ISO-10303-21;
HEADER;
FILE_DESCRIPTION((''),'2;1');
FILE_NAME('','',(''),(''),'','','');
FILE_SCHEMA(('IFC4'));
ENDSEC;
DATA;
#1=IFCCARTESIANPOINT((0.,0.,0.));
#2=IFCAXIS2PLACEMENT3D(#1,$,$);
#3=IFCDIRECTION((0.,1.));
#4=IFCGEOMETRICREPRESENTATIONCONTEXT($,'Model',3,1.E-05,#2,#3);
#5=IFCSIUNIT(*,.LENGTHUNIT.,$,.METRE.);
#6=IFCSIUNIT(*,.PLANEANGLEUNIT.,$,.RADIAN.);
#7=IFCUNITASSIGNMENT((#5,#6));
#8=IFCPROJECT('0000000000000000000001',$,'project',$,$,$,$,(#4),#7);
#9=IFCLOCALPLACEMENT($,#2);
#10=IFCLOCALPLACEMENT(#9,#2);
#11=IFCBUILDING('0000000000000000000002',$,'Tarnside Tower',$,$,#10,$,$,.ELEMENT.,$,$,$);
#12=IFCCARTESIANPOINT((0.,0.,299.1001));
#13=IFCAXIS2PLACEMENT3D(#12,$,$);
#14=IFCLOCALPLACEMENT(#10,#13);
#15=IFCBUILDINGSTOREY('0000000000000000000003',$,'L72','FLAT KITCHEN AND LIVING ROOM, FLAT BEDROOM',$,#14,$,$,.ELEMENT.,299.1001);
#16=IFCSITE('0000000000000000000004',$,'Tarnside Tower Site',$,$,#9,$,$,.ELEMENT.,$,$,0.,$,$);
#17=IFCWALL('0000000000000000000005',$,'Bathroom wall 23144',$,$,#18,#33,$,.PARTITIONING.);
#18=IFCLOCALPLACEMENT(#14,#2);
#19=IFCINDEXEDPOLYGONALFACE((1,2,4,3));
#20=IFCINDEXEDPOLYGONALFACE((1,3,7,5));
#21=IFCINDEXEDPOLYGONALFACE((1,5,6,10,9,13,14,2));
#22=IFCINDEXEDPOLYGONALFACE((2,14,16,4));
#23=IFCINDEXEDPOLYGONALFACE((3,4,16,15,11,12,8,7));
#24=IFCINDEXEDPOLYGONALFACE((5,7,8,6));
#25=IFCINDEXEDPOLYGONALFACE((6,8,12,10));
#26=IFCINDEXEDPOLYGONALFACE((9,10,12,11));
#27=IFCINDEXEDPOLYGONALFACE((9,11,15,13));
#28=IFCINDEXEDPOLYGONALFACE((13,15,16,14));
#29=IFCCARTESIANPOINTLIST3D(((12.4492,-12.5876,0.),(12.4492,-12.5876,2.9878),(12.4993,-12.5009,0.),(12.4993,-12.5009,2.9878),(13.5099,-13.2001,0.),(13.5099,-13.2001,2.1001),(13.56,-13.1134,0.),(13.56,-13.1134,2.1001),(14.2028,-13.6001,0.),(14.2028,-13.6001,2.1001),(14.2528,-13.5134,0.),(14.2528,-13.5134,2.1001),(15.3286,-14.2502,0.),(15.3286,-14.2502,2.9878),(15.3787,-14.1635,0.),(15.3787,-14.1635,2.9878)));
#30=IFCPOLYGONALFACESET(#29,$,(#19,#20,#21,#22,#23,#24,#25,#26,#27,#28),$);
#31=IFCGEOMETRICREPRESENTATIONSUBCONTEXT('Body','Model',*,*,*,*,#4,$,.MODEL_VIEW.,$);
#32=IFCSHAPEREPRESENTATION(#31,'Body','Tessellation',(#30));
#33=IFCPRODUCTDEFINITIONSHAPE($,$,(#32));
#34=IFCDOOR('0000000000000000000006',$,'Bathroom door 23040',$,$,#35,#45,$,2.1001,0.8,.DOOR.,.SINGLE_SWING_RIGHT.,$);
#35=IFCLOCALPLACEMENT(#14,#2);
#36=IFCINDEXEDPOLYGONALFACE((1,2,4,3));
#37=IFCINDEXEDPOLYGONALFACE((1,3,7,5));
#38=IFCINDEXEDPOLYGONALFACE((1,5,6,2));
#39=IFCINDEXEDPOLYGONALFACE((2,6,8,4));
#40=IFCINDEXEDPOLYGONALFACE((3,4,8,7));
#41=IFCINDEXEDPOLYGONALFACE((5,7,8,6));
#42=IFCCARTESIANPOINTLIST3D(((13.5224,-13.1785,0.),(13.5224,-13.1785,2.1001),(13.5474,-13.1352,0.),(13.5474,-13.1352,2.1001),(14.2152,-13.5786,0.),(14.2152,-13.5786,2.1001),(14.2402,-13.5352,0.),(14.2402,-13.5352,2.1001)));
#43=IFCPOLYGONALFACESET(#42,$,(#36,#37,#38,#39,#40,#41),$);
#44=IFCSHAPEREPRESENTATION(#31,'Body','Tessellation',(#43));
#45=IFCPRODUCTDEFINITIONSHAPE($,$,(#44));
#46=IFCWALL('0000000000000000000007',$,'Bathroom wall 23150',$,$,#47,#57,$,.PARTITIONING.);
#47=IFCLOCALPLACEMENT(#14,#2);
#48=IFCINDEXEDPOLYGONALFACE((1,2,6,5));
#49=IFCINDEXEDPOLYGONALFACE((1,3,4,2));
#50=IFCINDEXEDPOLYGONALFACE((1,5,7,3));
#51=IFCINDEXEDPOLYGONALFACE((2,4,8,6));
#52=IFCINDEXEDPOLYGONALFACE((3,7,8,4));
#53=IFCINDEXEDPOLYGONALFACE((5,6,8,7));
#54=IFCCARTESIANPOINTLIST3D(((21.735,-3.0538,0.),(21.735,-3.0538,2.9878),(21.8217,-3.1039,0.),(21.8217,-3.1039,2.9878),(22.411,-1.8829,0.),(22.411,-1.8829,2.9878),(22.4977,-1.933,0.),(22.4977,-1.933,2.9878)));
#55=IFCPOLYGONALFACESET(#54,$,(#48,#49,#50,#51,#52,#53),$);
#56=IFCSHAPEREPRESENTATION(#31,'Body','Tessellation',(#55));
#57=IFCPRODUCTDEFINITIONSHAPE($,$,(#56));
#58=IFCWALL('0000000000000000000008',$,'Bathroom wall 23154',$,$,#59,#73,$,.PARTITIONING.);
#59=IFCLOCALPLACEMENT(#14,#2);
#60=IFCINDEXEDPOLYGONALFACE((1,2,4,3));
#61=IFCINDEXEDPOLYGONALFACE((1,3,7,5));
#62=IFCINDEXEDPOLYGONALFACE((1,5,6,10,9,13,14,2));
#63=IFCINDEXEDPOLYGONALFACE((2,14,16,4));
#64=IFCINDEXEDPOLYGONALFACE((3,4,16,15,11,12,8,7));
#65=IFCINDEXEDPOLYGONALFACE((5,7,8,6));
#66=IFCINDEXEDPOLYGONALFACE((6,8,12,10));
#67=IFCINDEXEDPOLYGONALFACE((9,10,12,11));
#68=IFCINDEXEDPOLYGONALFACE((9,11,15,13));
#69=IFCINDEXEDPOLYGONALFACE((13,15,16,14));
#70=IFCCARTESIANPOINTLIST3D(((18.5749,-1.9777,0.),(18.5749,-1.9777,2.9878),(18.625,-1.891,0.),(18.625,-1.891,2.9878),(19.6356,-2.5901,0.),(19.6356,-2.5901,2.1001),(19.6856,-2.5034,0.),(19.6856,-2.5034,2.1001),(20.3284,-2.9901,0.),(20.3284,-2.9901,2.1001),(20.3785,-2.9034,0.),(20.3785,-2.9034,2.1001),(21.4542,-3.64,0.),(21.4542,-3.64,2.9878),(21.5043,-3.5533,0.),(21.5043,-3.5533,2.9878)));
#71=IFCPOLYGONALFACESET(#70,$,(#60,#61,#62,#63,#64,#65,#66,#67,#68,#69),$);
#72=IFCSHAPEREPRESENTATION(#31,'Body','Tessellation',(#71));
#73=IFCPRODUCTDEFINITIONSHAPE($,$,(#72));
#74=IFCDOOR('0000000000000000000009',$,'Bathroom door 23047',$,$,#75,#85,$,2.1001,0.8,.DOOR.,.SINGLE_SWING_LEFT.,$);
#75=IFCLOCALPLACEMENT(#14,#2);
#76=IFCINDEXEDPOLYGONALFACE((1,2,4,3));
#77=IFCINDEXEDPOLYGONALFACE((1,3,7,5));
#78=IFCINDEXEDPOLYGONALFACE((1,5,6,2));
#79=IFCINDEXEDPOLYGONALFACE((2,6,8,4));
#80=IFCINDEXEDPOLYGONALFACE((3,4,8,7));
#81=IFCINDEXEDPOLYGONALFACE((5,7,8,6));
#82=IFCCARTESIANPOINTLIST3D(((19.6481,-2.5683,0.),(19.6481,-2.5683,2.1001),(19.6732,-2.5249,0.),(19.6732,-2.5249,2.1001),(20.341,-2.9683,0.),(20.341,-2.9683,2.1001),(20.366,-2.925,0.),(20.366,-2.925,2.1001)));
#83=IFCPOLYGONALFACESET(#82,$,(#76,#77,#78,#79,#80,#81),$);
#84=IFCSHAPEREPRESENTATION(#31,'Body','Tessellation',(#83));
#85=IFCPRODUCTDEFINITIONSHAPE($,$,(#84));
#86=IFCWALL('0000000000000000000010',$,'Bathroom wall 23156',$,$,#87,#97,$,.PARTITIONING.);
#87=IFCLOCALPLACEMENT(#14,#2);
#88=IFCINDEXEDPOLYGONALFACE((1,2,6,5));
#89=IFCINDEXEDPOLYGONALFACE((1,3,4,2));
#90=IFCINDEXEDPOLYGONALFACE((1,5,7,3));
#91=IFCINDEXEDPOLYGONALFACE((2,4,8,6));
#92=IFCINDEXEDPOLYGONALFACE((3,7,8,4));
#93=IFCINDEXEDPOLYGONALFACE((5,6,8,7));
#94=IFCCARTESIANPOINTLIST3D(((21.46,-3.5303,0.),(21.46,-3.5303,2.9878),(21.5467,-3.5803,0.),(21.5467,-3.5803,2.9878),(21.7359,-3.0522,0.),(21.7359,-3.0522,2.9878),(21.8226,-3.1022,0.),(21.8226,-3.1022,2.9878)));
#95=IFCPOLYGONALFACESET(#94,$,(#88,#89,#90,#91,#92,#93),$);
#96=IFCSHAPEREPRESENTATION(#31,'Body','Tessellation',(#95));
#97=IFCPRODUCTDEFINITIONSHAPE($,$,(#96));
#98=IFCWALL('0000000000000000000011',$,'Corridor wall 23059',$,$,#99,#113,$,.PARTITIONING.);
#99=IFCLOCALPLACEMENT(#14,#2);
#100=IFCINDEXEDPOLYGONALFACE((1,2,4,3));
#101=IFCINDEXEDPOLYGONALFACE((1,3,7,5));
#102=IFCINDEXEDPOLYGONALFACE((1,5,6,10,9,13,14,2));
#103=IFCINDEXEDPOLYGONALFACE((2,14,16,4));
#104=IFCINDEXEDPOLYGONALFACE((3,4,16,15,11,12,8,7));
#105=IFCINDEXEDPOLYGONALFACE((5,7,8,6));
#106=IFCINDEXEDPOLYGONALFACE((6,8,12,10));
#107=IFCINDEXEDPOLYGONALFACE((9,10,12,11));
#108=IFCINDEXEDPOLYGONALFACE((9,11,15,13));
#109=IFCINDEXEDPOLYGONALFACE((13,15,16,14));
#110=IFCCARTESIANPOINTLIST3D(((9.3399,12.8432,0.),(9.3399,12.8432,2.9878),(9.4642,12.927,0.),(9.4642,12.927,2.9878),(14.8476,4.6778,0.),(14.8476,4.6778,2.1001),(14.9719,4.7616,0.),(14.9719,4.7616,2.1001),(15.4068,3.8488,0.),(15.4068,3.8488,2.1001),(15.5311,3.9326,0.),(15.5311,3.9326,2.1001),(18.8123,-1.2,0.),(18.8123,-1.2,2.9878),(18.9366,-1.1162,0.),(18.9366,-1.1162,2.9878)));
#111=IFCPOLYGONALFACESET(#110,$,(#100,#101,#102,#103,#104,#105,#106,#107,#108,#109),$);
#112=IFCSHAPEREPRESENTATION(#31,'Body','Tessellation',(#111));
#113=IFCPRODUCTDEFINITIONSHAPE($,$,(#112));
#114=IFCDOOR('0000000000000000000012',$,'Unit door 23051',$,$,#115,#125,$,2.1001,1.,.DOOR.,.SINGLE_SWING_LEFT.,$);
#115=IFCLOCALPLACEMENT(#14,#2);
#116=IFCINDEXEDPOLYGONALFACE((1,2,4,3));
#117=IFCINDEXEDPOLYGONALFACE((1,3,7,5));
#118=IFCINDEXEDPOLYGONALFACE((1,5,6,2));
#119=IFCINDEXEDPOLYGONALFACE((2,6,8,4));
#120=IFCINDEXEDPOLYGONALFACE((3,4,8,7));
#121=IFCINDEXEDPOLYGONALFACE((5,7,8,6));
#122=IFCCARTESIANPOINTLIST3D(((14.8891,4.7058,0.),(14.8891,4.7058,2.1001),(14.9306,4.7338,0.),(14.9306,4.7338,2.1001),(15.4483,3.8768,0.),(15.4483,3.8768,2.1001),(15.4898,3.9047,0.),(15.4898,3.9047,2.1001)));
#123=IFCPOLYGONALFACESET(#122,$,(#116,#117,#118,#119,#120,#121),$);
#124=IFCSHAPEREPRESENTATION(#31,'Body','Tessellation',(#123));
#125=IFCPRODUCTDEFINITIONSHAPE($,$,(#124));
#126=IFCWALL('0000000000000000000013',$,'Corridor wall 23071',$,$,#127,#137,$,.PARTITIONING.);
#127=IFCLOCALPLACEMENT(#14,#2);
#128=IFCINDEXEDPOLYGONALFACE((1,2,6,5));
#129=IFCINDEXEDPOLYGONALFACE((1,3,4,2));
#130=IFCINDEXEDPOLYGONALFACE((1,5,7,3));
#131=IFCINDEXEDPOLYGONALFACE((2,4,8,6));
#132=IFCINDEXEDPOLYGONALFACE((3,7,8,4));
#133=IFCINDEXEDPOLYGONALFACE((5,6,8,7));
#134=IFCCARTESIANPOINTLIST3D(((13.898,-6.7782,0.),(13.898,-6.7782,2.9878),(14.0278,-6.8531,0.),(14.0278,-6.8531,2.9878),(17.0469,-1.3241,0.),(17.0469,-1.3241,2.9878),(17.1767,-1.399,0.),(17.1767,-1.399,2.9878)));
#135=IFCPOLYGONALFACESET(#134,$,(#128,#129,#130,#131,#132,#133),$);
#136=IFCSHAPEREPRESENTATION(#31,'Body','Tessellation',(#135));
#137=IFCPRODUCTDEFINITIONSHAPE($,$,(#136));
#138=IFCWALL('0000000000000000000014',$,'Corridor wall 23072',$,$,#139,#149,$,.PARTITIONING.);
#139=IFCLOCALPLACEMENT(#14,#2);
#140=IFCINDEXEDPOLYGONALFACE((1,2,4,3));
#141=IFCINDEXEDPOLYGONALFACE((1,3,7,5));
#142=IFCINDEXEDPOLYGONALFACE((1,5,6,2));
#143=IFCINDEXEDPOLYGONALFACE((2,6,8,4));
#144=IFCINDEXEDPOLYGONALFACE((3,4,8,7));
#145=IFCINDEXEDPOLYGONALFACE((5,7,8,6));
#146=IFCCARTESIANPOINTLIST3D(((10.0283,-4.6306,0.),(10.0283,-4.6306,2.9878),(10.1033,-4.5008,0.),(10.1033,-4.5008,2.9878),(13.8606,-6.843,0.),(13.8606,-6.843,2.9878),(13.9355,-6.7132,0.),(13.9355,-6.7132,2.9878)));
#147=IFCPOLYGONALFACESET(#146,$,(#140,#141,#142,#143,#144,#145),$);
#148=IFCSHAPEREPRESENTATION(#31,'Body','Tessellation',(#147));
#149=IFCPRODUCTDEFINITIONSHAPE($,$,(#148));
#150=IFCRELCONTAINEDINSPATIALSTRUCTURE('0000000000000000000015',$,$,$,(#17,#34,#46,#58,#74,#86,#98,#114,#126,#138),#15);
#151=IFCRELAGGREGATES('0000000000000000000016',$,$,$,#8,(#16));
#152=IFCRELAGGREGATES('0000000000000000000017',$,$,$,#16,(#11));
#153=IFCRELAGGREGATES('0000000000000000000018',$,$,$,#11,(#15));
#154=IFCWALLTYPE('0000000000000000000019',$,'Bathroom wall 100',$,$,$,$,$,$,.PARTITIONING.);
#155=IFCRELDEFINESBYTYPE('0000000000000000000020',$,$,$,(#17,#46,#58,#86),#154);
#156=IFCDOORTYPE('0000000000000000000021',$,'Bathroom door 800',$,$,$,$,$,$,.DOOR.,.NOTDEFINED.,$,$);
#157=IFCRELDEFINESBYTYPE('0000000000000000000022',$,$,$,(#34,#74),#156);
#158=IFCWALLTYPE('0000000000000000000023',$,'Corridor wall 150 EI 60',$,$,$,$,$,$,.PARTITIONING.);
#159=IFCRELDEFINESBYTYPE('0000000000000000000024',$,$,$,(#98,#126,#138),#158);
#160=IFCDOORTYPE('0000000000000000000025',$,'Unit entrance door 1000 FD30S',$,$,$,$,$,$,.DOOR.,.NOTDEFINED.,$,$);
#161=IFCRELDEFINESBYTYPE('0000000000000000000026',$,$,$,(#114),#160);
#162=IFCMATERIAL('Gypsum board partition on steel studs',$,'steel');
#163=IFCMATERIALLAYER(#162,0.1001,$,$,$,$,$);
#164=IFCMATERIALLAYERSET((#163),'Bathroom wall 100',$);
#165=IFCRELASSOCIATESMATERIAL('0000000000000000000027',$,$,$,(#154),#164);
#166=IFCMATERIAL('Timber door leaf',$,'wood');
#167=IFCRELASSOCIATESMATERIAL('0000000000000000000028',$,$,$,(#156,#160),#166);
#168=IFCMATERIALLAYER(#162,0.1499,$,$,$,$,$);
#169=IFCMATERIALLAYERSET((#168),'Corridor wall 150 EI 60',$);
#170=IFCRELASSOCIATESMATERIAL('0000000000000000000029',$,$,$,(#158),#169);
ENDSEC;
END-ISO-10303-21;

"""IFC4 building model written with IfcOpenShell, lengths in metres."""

from ifc_helpers import new_model, si_unit, direction, frame, frame_2d, origin, place, context, subcontext, project, spatial, rectangle, extrude, material, layer, layer_set, type_object, element, fill, save


model = new_model("IFC4")

# Units and contexts
model_context = context("Model", 3, precision=1e-05, world=origin(), true_north=direction((0.0, 1.0)))
body_context = subcontext(model_context, "Body", "Model", "MODEL_VIEW")
ifc_project = project(units=[si_unit("LENGTHUNIT", "METRE"), si_unit("PLANEANGLEUNIT", "RADIAN")], contexts=[model_context])

# Site, building, storey
site_placement = place(None, origin())
site = spatial("IfcSite", under=ifc_project, at=site_placement, Name="Tarnside Tower Site", CompositionType="ELEMENT", RefElevation=0.0)
building_placement = place(site_placement, origin())
building = spatial("IfcBuilding", under=site, at=building_placement, Name="Tarnside Tower", CompositionType="ELEMENT")
storey_placement = place(building_placement, frame((0.0, 0.0, 299.1001)))
storey = spatial("IfcBuildingStorey", under=building, at=storey_placement, Name="L72", Description="FLAT KITCHEN AND LIVING ROOM, FLAT BEDROOM", CompositionType="ELEMENT", Elevation=299.1001)

# Wall, opening, door
ifc_material_1 = material(Name="Gypsum board partition on steel studs", Category="steel")
ifc_layer_1 = layer(ifc_material_1, 0.1001)
ifc_layer_set_1 = layer_set([ifc_layer_1], Name="Bathroom wall 100")
wall_type_1 = type_object("IfcWallType", Name="Bathroom wall 100", PredefinedType="PARTITIONING", material=ifc_layer_set_1)
wall_1_placement = place(storey_placement, frame((12.4741, -12.5442, 0.0), z_axis=(0.0, 0.0, 1.0), x_axis=(0.866002, -0.50004, 0.0)))
wall_1 = element("IfcWall", 1, at=wall_1_placement, inside=storey, type_object=wall_type_1, Name="Bathroom wall 23144", PredefinedType="PARTITIONING", context=body_context, shape_type="SweptSolid", body=[
    extrude(rectangle(XDim=3.325, YDim=0.1001, at=frame_2d((1.6626, 0.0))), origin(), (0.0, 0.0, 1.0), 2.9878),
])
opening_1_placement = place(wall_1_placement, frame((1.2251, 0.0, 0.0)))
opening_1 = element("IfcOpeningElement", 2, at=opening_1_placement, cuts=wall_1, PredefinedType="OPENING", context=body_context, shape_type="SweptSolid", body=[
    extrude(rectangle(XDim=0.8, YDim=2.1001, at=frame_2d((0.3999, 1.05))), frame((0.0, 0.0601, 0.0), z_axis=(0.0, -1.0, 0.0), x_axis=(1.0, 0.0, 0.0)), (0.0, 0.0, 1.0), 0.1201),
])
ifc_material_2 = material(Name="Timber door leaf", Category="wood")
door_type_1 = type_object("IfcDoorType", Name="Bathroom door 800", OperationType="NOTDEFINED", PredefinedType="DOOR", material=ifc_material_2)
door_1_placement = place(opening_1_placement, origin())
door_1 = element("IfcDoor", 3, at=door_1_placement, inside=storey, type_object=door_type_1, Name="Bathroom door 23040", OperationType="SINGLE_SWING_RIGHT", OverallHeight=2.1001, OverallWidth=0.8, PredefinedType="DOOR", context=body_context, shape_type="SweptSolid", body=[
    extrude(rectangle(XDim=0.8, YDim=2.1001, at=frame_2d((0.3999, 1.05))), frame((0.0, 0.0249, 0.0), z_axis=(0.0, -1.0, 0.0), x_axis=(1.0, 0.0, 0.0)), (0.0, 0.0, 1.0), 0.05),
])
fill(opening_1, door_1)

# Wall
wall_2_placement = place(storey_placement, frame((22.4543, -1.908, 0.0), z_axis=(0.0, 0.0, 1.0), x_axis=(-0.500004, -0.866023, 0.0)))
element("IfcWall", 4, at=wall_2_placement, inside=storey, type_object=wall_type_1, Name="Bathroom wall 23150", PredefinedType="PARTITIONING", context=body_context, shape_type="SweptSolid", body=[
    extrude(rectangle(XDim=1.3521, YDim=0.1001, at=frame_2d((0.676, 0.0))), origin(), (0.0, 0.0, 1.0), 2.9878),
])

# Wall, opening, door
wall_3_placement = place(storey_placement, frame((21.4792, -3.5967, 0.0), z_axis=(0.0, 0.0, 1.0), x_axis=(-0.866034, 0.499985, 0.0)))
wall_3 = element("IfcWall", 5, at=wall_3_placement, inside=storey, type_object=wall_type_1, Name="Bathroom wall 23154", PredefinedType="PARTITIONING", context=body_context, shape_type="SweptSolid", body=[
    extrude(rectangle(XDim=3.3247, YDim=0.1001, at=frame_2d((1.6624, 0.0))), origin(), (0.0, 0.0, 1.0), 2.9878),
])
opening_2_placement = place(wall_3_placement, frame((1.3, 0.0, 0.0)))
opening_2 = element("IfcOpeningElement", 6, at=opening_2_placement, cuts=wall_3, PredefinedType="OPENING", context=body_context, shape_type="SweptSolid", body=[
    extrude(rectangle(XDim=0.8, YDim=2.1001, at=frame_2d((0.3999, 1.05))), frame((0.0, 0.0601, 0.0), z_axis=(0.0, -1.0, 0.0), x_axis=(1.0, 0.0, 0.0)), (0.0, 0.0, 1.0), 0.1201),
])
door_2_placement = place(opening_2_placement, origin())
door_2 = element("IfcDoor", 7, at=door_2_placement, inside=storey, type_object=door_type_1, Name="Bathroom door 23047", OperationType="SINGLE_SWING_LEFT", OverallHeight=2.1001, OverallWidth=0.8, PredefinedType="DOOR", context=body_context, shape_type="SweptSolid", body=[
    extrude(rectangle(XDim=0.8, YDim=2.1001, at=frame_2d((0.3999, 1.05))), frame((0.0, 0.0249, 0.0), z_axis=(0.0, -1.0, 0.0), x_axis=(1.0, 0.0, 0.0)), (0.0, 0.0, 1.0), 0.05),
])
fill(opening_2, door_2)

# Wall
wall_4_placement = place(storey_placement, frame((21.5034, -3.5552, 0.0), z_axis=(0.0, 0.0, 1.0), x_axis=(0.49985, 0.866112, 0.0)))
element("IfcWall", 8, at=wall_4_placement, inside=storey, type_object=wall_type_1, Name="Bathroom wall 23156", PredefinedType="PARTITIONING", context=body_context, shape_type="SweptSolid", body=[
    extrude(rectangle(XDim=0.552, YDim=0.1001, at=frame_2d((0.2759, 0.0))), origin(), (0.0, 0.0, 1.0), 2.9878),
])

# Wall, opening, door
ifc_layer_2 = layer(ifc_material_1, 0.1499)
ifc_layer_set_2 = layer_set([ifc_layer_2], Name="Corridor wall 150 EI 60")
wall_type_2 = type_object("IfcWallType", Name="Corridor wall 150 EI 60", PredefinedType="PARTITIONING", material=ifc_layer_set_2)
wall_5_placement = place(storey_placement, frame((18.8745, -1.1582, 0.0), z_axis=(0.0, 0.0, 1.0), x_axis=(-0.559199, 0.829034, 0.0)))
wall_5 = element("IfcWall", 9, at=wall_5_placement, inside=storey, type_object=wall_type_2, Name="Corridor wall 23059", PredefinedType="PARTITIONING", context=body_context, shape_type="SweptSolid", body=[
    extrude(rectangle(XDim=16.9392, YDim=0.1499, at=frame_2d((8.4697, 0.0))), origin(), (0.0, 0.0, 1.0), 2.9878),
])
opening_3_placement = place(wall_5_placement, frame((6.0901, 0.0, 0.0)))
opening_3 = element("IfcOpeningElement", 10, at=opening_3_placement, cuts=wall_5, PredefinedType="OPENING", context=body_context, shape_type="SweptSolid", body=[
    extrude(rectangle(XDim=1.0, YDim=2.1001, at=frame_2d((0.5, 1.05))), frame((0.0, 0.085, 0.0), z_axis=(0.0, -1.0, 0.0), x_axis=(1.0, 0.0, 0.0)), (0.0, 0.0, 1.0), 0.1699),
])
door_type_2 = type_object("IfcDoorType", Name="Unit entrance door 1000 FD30S", OperationType="NOTDEFINED", PredefinedType="DOOR", material=ifc_material_2)
door_3_placement = place(opening_3_placement, origin())
door_3 = element("IfcDoor", 11, at=door_3_placement, inside=storey, type_object=door_type_2, Name="Unit door 23051", OperationType="SINGLE_SWING_LEFT", OverallHeight=2.1001, OverallWidth=1.0, PredefinedType="DOOR", context=body_context, shape_type="SweptSolid", body=[
    extrude(rectangle(XDim=1.0, YDim=2.1001, at=frame_2d((0.5, 1.05))), frame((0.0, 0.0249, 0.0), z_axis=(0.0, -1.0, 0.0), x_axis=(1.0, 0.0, 0.0)), (0.0, 0.0, 1.0), 0.05),
])
fill(opening_3, door_3)

# Walls
wall_6_placement = place(storey_placement, frame((17.1118, -1.3616, 0.0), z_axis=(0.0, 0.0, 1.0), x_axis=(-0.5, -0.866025, 0.0)))
element("IfcWall", 12, at=wall_6_placement, inside=storey, type_object=wall_type_2, Name="Corridor wall 23071", PredefinedType="PARTITIONING", context=body_context, shape_type="SweptSolid", body=[
    extrude(rectangle(XDim=6.2979, YDim=0.1499, at=frame_2d((3.1489, 0.0))), origin(), (0.0, 0.0, 1.0), 2.9878),
])
wall_7_placement = place(storey_placement, frame((13.8979, -6.7781, 0.0), z_axis=(0.0, 0.0, 1.0), x_axis=(-0.866041, 0.499972, 0.0)))
element("IfcWall", 13, at=wall_7_placement, inside=storey, type_object=wall_type_2, Name="Corridor wall 23072", PredefinedType="PARTITIONING", context=body_context, shape_type="SweptSolid", body=[
    extrude(rectangle(XDim=4.425, YDim=0.1499, at=frame_2d((2.2124, 0.0))), origin(), (0.0, 0.0, 1.0), 2.9878),
])

save(model, "model.ifc")
